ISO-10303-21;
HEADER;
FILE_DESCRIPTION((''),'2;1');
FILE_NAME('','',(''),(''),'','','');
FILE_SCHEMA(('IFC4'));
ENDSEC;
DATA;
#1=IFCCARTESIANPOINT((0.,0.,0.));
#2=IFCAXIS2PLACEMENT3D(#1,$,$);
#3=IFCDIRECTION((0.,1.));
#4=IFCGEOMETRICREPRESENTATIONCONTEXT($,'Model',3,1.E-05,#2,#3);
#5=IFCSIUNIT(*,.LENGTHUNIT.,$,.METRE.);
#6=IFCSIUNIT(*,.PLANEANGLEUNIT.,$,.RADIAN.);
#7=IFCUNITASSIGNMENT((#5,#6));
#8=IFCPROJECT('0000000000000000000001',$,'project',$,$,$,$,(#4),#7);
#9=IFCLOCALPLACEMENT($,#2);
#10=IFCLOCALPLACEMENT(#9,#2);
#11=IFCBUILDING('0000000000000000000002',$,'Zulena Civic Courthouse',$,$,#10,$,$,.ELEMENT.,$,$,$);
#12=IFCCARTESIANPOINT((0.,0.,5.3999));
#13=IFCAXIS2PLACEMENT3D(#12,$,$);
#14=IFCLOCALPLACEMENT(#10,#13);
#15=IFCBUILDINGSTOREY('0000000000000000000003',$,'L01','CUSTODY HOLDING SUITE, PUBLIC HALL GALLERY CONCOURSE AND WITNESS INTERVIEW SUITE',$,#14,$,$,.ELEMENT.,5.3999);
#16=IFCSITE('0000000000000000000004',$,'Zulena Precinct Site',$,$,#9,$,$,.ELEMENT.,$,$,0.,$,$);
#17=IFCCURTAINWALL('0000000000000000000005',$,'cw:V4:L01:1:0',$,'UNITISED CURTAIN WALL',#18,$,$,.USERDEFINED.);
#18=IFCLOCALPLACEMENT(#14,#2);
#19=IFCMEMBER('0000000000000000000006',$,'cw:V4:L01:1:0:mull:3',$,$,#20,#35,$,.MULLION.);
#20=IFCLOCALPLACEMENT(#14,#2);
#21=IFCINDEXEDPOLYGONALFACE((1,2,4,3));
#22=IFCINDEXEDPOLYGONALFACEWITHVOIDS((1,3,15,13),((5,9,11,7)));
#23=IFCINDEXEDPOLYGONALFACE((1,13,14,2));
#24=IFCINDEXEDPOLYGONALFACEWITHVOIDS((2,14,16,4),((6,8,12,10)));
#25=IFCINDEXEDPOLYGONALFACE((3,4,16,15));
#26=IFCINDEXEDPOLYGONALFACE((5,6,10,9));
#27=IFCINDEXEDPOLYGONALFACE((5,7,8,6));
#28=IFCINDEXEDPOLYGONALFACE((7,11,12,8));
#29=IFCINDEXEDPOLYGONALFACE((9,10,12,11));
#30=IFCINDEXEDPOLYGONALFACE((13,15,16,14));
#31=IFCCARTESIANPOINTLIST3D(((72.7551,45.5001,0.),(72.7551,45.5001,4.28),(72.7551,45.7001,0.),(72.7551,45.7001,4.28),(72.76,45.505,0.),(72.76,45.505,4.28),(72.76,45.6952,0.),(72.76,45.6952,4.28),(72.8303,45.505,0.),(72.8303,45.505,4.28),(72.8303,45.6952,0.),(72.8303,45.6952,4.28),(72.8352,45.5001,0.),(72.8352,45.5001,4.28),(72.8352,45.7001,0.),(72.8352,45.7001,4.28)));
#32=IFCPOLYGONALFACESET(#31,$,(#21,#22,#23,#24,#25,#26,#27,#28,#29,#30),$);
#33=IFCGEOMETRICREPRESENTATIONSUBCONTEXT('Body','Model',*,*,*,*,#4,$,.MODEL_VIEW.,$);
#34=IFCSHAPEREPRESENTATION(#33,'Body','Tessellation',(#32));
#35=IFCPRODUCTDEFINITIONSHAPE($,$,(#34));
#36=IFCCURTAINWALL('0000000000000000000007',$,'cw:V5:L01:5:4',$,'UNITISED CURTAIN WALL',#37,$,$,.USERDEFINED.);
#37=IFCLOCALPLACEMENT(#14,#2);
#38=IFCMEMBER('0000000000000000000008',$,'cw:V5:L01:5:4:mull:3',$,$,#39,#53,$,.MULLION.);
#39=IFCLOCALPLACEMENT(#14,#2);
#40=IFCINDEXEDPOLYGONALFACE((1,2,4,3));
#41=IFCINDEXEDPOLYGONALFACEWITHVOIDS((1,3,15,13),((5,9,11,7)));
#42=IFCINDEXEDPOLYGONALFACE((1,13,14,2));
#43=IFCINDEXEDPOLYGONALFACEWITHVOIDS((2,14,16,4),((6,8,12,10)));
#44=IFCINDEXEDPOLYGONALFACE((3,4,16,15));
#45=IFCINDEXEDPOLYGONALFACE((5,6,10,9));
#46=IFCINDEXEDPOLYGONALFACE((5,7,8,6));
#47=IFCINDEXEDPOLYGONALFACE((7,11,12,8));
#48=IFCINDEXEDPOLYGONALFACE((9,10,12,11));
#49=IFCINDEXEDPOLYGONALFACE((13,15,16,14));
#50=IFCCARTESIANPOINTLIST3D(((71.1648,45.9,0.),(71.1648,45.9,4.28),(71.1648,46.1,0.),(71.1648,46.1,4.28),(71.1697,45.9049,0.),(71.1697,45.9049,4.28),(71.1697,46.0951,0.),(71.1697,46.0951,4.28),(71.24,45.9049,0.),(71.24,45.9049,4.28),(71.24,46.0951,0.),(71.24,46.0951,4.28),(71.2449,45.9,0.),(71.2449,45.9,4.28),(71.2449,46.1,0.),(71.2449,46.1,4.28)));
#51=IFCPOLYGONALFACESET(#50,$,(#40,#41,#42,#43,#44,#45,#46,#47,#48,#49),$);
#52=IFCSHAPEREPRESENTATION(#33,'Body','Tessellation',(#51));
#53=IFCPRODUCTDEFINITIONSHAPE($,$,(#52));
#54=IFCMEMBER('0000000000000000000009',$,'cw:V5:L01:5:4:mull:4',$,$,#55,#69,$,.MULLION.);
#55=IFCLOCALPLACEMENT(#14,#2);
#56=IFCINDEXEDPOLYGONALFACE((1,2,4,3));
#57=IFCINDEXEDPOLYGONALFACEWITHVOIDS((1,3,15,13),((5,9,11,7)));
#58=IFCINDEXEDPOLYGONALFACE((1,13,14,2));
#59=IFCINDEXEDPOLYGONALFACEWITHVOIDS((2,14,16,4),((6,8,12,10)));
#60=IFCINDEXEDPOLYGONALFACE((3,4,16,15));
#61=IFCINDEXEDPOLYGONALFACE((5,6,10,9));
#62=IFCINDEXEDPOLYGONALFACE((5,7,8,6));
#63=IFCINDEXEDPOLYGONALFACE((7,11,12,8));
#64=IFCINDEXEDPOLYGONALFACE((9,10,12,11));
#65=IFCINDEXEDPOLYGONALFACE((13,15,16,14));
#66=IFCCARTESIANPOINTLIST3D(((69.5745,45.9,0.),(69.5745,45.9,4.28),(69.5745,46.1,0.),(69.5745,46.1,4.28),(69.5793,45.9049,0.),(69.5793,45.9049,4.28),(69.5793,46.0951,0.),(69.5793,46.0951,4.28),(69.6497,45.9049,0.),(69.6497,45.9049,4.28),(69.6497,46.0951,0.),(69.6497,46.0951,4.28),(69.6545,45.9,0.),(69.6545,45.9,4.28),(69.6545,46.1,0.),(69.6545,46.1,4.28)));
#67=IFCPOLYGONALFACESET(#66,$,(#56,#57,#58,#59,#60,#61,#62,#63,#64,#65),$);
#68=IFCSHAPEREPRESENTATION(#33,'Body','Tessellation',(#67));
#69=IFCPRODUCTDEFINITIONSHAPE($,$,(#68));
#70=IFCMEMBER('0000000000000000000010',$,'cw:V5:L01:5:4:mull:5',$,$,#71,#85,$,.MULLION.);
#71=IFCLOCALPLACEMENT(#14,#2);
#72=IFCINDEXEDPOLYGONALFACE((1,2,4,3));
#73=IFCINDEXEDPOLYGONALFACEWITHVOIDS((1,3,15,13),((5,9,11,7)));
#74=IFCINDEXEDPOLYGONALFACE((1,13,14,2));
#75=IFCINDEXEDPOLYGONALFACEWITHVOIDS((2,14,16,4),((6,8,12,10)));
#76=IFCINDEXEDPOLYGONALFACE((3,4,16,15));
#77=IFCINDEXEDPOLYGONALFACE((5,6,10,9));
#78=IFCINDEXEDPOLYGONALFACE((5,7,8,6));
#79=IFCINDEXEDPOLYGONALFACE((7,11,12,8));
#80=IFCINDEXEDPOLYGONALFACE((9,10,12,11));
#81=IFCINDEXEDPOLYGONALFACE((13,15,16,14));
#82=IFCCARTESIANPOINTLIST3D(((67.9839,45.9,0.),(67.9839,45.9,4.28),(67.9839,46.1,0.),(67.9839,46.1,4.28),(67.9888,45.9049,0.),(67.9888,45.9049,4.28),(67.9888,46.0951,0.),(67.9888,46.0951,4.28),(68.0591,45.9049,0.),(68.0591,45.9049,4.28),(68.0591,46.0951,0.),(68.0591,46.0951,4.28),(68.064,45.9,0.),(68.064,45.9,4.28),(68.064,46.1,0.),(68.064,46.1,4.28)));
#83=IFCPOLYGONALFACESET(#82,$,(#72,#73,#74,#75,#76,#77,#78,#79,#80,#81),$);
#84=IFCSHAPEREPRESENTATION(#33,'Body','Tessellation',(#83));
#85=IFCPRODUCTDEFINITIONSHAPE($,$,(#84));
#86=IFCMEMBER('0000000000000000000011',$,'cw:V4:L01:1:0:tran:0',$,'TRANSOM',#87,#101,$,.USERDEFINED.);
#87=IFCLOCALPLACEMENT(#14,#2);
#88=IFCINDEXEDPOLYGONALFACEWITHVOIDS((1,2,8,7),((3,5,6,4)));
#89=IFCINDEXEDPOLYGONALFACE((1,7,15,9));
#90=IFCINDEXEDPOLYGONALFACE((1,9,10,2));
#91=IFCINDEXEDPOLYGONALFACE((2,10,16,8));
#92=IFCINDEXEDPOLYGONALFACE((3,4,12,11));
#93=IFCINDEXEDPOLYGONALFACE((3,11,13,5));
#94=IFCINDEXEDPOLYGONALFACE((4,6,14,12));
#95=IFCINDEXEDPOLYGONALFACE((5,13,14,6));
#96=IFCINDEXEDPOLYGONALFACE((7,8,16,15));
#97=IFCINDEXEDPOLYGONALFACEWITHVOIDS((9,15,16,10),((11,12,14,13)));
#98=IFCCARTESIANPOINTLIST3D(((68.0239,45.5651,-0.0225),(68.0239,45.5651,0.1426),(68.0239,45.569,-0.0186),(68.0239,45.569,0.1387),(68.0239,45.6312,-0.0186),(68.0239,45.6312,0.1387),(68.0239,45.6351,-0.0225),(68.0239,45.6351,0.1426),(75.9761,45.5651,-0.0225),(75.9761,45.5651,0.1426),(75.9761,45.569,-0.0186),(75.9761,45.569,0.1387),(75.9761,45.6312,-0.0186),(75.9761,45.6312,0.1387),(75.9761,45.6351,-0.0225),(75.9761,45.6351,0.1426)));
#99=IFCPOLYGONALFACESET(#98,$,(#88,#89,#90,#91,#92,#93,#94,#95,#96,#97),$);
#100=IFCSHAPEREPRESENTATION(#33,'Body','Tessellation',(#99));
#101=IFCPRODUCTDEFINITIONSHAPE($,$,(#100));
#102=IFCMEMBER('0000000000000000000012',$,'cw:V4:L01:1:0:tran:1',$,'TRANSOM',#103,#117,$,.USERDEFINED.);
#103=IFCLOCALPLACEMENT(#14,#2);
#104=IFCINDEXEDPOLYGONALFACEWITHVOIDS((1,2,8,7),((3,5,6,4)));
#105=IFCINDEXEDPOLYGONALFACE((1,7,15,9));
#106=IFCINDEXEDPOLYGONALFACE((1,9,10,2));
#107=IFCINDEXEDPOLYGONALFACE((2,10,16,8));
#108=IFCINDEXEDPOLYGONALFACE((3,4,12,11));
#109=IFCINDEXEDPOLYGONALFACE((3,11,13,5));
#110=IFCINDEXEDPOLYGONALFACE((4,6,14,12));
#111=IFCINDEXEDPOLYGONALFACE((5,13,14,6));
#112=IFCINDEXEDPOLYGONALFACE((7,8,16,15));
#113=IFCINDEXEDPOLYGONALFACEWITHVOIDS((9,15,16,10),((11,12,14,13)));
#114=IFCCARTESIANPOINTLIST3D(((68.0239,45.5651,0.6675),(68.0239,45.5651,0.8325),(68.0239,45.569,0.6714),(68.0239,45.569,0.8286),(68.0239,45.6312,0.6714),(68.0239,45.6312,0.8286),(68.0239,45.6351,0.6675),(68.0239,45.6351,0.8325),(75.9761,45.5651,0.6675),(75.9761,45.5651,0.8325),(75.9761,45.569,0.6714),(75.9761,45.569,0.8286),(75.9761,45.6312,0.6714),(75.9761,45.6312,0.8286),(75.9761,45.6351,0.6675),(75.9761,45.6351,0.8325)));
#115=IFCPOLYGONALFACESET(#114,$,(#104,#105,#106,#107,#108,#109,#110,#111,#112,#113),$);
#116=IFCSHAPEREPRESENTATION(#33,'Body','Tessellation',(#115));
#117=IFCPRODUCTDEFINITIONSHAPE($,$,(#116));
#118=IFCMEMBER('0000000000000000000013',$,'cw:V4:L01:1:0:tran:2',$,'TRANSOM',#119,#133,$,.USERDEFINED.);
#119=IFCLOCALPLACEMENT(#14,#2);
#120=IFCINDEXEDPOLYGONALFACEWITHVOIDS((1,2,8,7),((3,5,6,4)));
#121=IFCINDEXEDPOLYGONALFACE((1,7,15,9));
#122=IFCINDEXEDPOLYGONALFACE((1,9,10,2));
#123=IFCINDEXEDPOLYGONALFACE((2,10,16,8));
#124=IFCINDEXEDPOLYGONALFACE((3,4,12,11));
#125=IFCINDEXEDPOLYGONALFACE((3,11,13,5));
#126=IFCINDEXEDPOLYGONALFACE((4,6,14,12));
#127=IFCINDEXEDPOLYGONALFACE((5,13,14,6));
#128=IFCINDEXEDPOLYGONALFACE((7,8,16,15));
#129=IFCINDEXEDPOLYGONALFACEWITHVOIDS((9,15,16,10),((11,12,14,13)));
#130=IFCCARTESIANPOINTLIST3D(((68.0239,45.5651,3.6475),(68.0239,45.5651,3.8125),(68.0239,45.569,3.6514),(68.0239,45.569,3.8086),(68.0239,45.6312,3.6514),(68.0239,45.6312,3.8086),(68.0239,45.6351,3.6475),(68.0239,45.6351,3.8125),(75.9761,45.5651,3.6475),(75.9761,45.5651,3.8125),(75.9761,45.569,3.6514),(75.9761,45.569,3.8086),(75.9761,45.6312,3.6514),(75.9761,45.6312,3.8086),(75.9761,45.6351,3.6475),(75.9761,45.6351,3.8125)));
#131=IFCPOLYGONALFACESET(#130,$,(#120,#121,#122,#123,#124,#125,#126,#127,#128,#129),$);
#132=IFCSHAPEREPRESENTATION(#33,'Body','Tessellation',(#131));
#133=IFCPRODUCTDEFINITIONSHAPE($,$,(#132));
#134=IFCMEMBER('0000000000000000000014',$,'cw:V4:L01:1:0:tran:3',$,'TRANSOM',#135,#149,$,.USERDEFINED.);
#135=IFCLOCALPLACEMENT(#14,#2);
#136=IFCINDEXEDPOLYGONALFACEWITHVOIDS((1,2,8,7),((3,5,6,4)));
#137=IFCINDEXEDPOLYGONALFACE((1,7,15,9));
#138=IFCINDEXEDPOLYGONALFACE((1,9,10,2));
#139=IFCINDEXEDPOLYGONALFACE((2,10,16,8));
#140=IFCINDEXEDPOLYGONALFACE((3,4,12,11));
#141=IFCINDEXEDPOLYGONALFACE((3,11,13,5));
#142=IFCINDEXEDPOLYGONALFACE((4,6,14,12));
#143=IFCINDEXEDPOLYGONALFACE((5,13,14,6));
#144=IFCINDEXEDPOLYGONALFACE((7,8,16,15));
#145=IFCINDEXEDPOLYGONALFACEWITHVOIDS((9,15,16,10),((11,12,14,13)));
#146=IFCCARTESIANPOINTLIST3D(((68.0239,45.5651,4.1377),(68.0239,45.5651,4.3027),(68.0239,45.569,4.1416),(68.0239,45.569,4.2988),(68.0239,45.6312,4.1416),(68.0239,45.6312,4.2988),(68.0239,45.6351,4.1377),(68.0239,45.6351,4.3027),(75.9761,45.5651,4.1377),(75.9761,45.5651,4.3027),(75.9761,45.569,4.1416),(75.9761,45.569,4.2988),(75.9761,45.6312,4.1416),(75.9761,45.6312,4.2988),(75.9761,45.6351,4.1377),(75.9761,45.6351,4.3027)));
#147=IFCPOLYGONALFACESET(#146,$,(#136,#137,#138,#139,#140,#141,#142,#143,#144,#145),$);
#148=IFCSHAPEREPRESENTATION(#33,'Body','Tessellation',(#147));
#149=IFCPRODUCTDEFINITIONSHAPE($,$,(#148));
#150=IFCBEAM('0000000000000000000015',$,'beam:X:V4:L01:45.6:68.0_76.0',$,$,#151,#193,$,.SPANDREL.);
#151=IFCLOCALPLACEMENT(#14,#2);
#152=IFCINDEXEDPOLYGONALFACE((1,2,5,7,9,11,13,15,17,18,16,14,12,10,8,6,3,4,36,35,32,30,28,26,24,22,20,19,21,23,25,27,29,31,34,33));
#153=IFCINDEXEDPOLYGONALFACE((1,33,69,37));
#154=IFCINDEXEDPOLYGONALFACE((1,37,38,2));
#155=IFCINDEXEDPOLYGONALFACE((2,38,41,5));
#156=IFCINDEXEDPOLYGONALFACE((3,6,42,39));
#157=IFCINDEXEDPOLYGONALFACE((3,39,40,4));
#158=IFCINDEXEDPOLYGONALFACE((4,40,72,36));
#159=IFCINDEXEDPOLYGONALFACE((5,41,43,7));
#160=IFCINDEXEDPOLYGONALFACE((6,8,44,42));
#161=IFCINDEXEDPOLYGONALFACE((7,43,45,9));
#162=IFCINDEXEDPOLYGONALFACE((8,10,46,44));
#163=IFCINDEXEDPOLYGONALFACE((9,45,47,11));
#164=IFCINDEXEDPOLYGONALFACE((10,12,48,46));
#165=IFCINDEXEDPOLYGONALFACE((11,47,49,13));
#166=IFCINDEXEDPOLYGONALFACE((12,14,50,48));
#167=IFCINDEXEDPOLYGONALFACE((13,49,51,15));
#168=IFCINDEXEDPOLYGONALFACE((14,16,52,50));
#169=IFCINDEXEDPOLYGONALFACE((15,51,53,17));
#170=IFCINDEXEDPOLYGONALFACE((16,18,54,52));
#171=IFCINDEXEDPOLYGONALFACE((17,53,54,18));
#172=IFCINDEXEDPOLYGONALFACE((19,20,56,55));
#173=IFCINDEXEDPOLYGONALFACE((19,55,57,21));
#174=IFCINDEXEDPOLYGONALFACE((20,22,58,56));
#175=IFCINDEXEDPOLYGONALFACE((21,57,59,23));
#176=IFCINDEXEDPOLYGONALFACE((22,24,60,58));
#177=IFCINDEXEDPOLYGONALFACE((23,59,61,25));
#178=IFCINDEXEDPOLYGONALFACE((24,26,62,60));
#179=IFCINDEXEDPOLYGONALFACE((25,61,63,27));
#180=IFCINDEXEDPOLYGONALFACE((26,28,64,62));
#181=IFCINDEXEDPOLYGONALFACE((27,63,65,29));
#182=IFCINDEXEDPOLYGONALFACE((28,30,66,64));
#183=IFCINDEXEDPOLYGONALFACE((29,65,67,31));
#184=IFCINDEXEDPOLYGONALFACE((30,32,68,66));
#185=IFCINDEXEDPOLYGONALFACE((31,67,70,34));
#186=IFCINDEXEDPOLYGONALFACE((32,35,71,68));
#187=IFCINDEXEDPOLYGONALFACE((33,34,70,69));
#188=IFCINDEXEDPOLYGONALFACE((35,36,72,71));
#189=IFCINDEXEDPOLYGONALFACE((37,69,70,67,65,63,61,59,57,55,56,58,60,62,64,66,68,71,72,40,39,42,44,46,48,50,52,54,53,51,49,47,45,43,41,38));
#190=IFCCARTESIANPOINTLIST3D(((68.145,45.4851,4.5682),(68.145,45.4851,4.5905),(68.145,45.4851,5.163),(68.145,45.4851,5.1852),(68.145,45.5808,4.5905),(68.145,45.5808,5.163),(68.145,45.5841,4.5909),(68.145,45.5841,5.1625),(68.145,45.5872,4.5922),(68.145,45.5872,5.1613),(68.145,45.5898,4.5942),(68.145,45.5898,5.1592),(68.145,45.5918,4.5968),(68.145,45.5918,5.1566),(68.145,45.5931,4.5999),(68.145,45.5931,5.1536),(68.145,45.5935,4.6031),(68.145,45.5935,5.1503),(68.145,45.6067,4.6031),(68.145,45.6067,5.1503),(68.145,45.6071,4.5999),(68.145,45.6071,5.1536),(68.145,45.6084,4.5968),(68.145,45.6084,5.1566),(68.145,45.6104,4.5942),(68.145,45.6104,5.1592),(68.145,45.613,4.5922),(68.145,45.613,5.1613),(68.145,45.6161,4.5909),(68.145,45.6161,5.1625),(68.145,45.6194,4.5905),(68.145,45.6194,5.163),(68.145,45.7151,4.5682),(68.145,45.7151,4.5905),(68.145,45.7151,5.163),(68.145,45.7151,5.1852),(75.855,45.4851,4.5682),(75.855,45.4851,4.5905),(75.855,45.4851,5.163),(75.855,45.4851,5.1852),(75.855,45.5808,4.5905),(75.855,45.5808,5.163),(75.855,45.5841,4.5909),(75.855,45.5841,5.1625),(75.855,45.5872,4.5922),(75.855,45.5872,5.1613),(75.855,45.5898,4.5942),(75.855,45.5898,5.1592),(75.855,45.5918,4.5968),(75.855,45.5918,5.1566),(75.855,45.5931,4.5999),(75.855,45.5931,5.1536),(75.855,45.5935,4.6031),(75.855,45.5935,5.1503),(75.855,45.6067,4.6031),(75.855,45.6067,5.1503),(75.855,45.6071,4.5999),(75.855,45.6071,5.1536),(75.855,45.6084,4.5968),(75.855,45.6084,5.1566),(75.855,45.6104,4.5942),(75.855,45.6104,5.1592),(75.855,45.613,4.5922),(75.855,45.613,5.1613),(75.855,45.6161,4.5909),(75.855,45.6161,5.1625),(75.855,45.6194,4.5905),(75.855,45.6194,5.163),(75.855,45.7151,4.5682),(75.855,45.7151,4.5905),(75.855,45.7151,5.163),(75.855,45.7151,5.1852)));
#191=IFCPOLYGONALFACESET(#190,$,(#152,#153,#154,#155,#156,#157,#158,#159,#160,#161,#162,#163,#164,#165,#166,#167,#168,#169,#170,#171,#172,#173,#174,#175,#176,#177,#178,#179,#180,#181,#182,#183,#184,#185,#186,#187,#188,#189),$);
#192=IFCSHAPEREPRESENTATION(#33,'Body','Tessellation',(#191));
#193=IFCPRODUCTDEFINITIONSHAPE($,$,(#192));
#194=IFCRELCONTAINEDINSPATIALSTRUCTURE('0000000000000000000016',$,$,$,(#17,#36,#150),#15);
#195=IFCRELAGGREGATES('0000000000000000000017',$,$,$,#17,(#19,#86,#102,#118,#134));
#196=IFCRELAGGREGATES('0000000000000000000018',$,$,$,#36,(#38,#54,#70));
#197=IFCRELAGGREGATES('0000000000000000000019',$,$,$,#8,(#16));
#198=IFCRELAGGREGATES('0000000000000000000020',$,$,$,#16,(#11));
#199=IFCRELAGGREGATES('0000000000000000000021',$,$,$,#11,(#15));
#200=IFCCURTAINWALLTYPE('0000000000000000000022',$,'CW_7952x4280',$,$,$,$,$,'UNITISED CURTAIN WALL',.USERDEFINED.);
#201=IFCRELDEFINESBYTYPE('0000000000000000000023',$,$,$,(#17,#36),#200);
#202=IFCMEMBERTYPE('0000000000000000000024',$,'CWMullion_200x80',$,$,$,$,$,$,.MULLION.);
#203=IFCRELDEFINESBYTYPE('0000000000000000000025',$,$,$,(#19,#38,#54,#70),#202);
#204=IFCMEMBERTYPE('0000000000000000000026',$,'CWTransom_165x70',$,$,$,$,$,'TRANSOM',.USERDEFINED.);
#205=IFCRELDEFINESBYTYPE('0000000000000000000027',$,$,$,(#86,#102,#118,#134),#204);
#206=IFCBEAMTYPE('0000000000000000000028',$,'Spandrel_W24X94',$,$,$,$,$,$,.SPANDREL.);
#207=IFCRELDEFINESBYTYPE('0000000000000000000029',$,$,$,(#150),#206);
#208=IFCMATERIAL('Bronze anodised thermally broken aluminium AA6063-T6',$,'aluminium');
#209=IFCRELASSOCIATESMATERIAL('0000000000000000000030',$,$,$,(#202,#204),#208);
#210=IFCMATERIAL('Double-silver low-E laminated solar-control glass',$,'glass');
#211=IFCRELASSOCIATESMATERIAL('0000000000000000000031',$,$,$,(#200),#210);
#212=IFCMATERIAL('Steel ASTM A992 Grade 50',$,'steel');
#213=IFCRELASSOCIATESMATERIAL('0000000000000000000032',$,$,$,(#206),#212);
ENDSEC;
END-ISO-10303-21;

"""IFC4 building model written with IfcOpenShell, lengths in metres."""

from ifc_helpers import new_model, si_unit, direction, frame, origin, origin_2d, place, context, subcontext, project, spatial, hollow_rectangle, i_section, extrude, material, material_profile, profile_set, type_object, element, aggregate, save


model = new_model("IFC4")

# Units and contexts
model_context = context("Model", 3, precision=1e-05, world=origin(), true_north=direction((0.0, 1.0)))
body_context = subcontext(model_context, "Body", "Model", "MODEL_VIEW")
ifc_project = project(units=[si_unit("LENGTHUNIT", "METRE"), si_unit("PLANEANGLEUNIT", "RADIAN")], contexts=[model_context])

# Site, building, storey
site_placement = place(None, origin())
site = spatial("IfcSite", under=ifc_project, at=site_placement, Name="Zulena Precinct Site", CompositionType="ELEMENT", RefElevation=0.0)
building_placement = place(site_placement, origin())
building = spatial("IfcBuilding", under=site, at=building_placement, Name="Zulena Civic Courthouse", CompositionType="ELEMENT")
storey_placement = place(building_placement, frame((0.0, 0.0, 5.3999)))
storey = spatial("IfcBuildingStorey", under=building, at=storey_placement, Name="L01", Description="CUSTODY HOLDING SUITE, PUBLIC HALL GALLERY CONCOURSE AND WITNESS INTERVIEW SUITE", CompositionType="ELEMENT", Elevation=5.3999)

# Shared definitions
ifc_material_1 = material(Name="Steel ASTM A992 Grade 50", Category="steel")

# Curtain walls, members
ifc_material_2 = material(Name="Double-silver low-E laminated solar-control glass", Category="glass")
ifc_material_3 = material(Name="Bronze anodised thermally broken aluminium AA6063-T6", Category="aluminium")
ifc_material_profile_1 = material_profile(ifc_material_3, hollow_rectangle(XDim=0.0801, YDim=0.2, WallThickness=0.0049, at=origin_2d()), Name="CWM200X80X5")
ifc_profile_set_1 = profile_set([ifc_material_profile_1], Name="Bronze anodised thermally broken aluminium AA6063-T6")
member_type_1 = type_object("IfcMemberType", Name="CWMullion_200x80", PredefinedType="MULLION", material=ifc_profile_set_1)
curtain_wall_type_1 = type_object("IfcCurtainWallType", Name="CW_7952x4280", ElementType="UNITISED CURTAIN WALL", PredefinedType="USERDEFINED", material=ifc_material_2)
curtain_wall_1_placement = place(storey_placement, origin())
curtain_wall_1 = element("IfcCurtainWall", 1, at=curtain_wall_1_placement, inside=storey, type_object=curtain_wall_type_1, Name="cw:V4:L01:1:0", ObjectType="UNITISED CURTAIN WALL", PredefinedType="USERDEFINED")
member_1_placement = place(storey_placement, frame((72.7952, 45.6001, 0.0), z_axis=(0.0, 0.0, 1.0), x_axis=(1.0, 0.0, 0.0)))
member_1 = element("IfcMember", 2, at=member_1_placement, type_object=member_type_1, Name="cw:V4:L01:1:0:mull:3", PredefinedType="MULLION", context=body_context, shape_type="SweptSolid", body=[
    extrude(hollow_rectangle(XDim=0.0801, YDim=0.2, WallThickness=0.0049, at=origin_2d()), origin(), (0.0, 0.0, 1.0), 4.28),
])
curtain_wall_2_placement = place(storey_placement, origin())
curtain_wall_2 = element("IfcCurtainWall", 3, at=curtain_wall_2_placement, inside=storey, type_object=curtain_wall_type_1, Name="cw:V5:L01:5:4", ObjectType="UNITISED CURTAIN WALL", PredefinedType="USERDEFINED")
member_2_placement = place(storey_placement, frame((71.2048, 46.0, 0.0), z_axis=(0.0, 0.0, 1.0), x_axis=(1.0, 0.0, 0.0)))
member_2 = element("IfcMember", 4, at=member_2_placement, type_object=member_type_1, Name="cw:V5:L01:5:4:mull:3", PredefinedType="MULLION", context=body_context, shape_type="SweptSolid", body=[
    extrude(hollow_rectangle(XDim=0.0801, YDim=0.2, WallThickness=0.0049, at=origin_2d()), origin(), (0.0, 0.0, 1.0), 4.28),
])
member_3_placement = place(storey_placement, frame((69.6145, 46.0, 0.0), z_axis=(0.0, 0.0, 1.0), x_axis=(1.0, 0.0, 0.0)))
member_3 = element("IfcMember", 5, at=member_3_placement, type_object=member_type_1, Name="cw:V5:L01:5:4:mull:4", PredefinedType="MULLION", context=body_context, shape_type="SweptSolid", body=[
    extrude(hollow_rectangle(XDim=0.0801, YDim=0.2, WallThickness=0.0049, at=origin_2d()), origin(), (0.0, 0.0, 1.0), 4.28),
])
member_4_placement = place(storey_placement, frame((68.0239, 46.0, 0.0), z_axis=(0.0, 0.0, 1.0), x_axis=(1.0, 0.0, 0.0)))
member_4 = element("IfcMember", 6, at=member_4_placement, type_object=member_type_1, Name="cw:V5:L01:5:4:mull:5", PredefinedType="MULLION", context=body_context, shape_type="SweptSolid", body=[
    extrude(hollow_rectangle(XDim=0.0801, YDim=0.2, WallThickness=0.0049, at=origin_2d()), origin(), (0.0, 0.0, 1.0), 4.28),
])

# Members
ifc_material_profile_2 = material_profile(ifc_material_3, hollow_rectangle(XDim=0.0701, YDim=0.165, WallThickness=0.0039, at=origin_2d()), Name="CWT165X70X4")
ifc_profile_set_2 = profile_set([ifc_material_profile_2], Name="Bronze anodised thermally broken aluminium AA6063-T6")
member_type_2 = type_object("IfcMemberType", Name="CWTransom_165x70", ElementType="TRANSOM", PredefinedType="USERDEFINED", material=ifc_profile_set_2)
member_5_placement = place(storey_placement, frame((68.0239, 45.6001, 0.0601), z_axis=(1.0, 0.0, 0.0), x_axis=(0.0, 1.0, 0.0)))
member_5 = element("IfcMember", 7, at=member_5_placement, type_object=member_type_2, Name="cw:V4:L01:1:0:tran:0", ObjectType="TRANSOM", PredefinedType="USERDEFINED", context=body_context, shape_type="SweptSolid", body=[
    extrude(hollow_rectangle(XDim=0.0701, YDim=0.165, WallThickness=0.0039, at=origin_2d()), origin(), (0.0, 0.0, 1.0), 7.9521),
])
member_6_placement = place(storey_placement, frame((68.0239, 45.6001, 0.75), z_axis=(1.0, 0.0, 0.0), x_axis=(0.0, 1.0, 0.0)))
member_6 = element("IfcMember", 8, at=member_6_placement, type_object=member_type_2, Name="cw:V4:L01:1:0:tran:1", ObjectType="TRANSOM", PredefinedType="USERDEFINED", context=body_context, shape_type="SweptSolid", body=[
    extrude(hollow_rectangle(XDim=0.0701, YDim=0.165, WallThickness=0.0039, at=origin_2d()), origin(), (0.0, 0.0, 1.0), 7.9521),
])
member_7_placement = place(storey_placement, frame((68.0239, 45.6001, 3.73), z_axis=(1.0, 0.0, 0.0), x_axis=(0.0, 1.0, 0.0)))
member_7 = element("IfcMember", 9, at=member_7_placement, type_object=member_type_2, Name="cw:V4:L01:1:0:tran:2", ObjectType="TRANSOM", PredefinedType="USERDEFINED", context=body_context, shape_type="SweptSolid", body=[
    extrude(hollow_rectangle(XDim=0.0701, YDim=0.165, WallThickness=0.0039, at=origin_2d()), origin(), (0.0, 0.0, 1.0), 7.9521),
])
member_8_placement = place(storey_placement, frame((68.0239, 45.6001, 4.2202), z_axis=(1.0, 0.0, 0.0), x_axis=(0.0, 1.0, 0.0)))
member_8 = element("IfcMember", 10, at=member_8_placement, type_object=member_type_2, Name="cw:V4:L01:1:0:tran:3", ObjectType="TRANSOM", PredefinedType="USERDEFINED", context=body_context, shape_type="SweptSolid", body=[
    extrude(hollow_rectangle(XDim=0.0701, YDim=0.165, WallThickness=0.0039, at=origin_2d()), origin(), (0.0, 0.0, 1.0), 7.9521),
])

# Beam
ifc_material_profile_3 = material_profile(ifc_material_1, i_section(OverallWidth=0.23, OverallDepth=0.6169, WebThickness=0.0132, FlangeThickness=0.0222, FilletRadius=0.0127, at=origin_2d()), Name="W24X94")
ifc_profile_set_3 = profile_set([ifc_material_profile_3], Name="Steel ASTM A992 Grade 50")
beam_type = type_object("IfcBeamType", Name="Spandrel_W24X94", PredefinedType="SPANDREL", material=ifc_profile_set_3)
for number, where, z_axis, x_axis, name in (
    (11, (68.145, 45.6001, 4.8767), (1.0, 0.0, 0.0), (0.0, 1.0, 0.0), "beam:X:V4:L01:45.6:68.0_76.0"),
):
    element("IfcBeam", number, at=place(storey_placement, frame(where, z_axis=z_axis, x_axis=x_axis)), inside=storey, type_object=beam_type, Name=name, PredefinedType="SPANDREL", context=body_context, shape_type="SweptSolid", body=[
        extrude(i_section(OverallWidth=0.23, OverallDepth=0.6169, WebThickness=0.0132, FlangeThickness=0.0222, FilletRadius=0.0127, at=origin_2d()), origin(), (0.0, 0.0, 1.0), 7.71),
    ])

aggregate(curtain_wall_1, [member_1, member_5, member_6, member_7, member_8])
aggregate(curtain_wall_2, [member_2, member_3, member_4])

save(model, "model.ifc")
